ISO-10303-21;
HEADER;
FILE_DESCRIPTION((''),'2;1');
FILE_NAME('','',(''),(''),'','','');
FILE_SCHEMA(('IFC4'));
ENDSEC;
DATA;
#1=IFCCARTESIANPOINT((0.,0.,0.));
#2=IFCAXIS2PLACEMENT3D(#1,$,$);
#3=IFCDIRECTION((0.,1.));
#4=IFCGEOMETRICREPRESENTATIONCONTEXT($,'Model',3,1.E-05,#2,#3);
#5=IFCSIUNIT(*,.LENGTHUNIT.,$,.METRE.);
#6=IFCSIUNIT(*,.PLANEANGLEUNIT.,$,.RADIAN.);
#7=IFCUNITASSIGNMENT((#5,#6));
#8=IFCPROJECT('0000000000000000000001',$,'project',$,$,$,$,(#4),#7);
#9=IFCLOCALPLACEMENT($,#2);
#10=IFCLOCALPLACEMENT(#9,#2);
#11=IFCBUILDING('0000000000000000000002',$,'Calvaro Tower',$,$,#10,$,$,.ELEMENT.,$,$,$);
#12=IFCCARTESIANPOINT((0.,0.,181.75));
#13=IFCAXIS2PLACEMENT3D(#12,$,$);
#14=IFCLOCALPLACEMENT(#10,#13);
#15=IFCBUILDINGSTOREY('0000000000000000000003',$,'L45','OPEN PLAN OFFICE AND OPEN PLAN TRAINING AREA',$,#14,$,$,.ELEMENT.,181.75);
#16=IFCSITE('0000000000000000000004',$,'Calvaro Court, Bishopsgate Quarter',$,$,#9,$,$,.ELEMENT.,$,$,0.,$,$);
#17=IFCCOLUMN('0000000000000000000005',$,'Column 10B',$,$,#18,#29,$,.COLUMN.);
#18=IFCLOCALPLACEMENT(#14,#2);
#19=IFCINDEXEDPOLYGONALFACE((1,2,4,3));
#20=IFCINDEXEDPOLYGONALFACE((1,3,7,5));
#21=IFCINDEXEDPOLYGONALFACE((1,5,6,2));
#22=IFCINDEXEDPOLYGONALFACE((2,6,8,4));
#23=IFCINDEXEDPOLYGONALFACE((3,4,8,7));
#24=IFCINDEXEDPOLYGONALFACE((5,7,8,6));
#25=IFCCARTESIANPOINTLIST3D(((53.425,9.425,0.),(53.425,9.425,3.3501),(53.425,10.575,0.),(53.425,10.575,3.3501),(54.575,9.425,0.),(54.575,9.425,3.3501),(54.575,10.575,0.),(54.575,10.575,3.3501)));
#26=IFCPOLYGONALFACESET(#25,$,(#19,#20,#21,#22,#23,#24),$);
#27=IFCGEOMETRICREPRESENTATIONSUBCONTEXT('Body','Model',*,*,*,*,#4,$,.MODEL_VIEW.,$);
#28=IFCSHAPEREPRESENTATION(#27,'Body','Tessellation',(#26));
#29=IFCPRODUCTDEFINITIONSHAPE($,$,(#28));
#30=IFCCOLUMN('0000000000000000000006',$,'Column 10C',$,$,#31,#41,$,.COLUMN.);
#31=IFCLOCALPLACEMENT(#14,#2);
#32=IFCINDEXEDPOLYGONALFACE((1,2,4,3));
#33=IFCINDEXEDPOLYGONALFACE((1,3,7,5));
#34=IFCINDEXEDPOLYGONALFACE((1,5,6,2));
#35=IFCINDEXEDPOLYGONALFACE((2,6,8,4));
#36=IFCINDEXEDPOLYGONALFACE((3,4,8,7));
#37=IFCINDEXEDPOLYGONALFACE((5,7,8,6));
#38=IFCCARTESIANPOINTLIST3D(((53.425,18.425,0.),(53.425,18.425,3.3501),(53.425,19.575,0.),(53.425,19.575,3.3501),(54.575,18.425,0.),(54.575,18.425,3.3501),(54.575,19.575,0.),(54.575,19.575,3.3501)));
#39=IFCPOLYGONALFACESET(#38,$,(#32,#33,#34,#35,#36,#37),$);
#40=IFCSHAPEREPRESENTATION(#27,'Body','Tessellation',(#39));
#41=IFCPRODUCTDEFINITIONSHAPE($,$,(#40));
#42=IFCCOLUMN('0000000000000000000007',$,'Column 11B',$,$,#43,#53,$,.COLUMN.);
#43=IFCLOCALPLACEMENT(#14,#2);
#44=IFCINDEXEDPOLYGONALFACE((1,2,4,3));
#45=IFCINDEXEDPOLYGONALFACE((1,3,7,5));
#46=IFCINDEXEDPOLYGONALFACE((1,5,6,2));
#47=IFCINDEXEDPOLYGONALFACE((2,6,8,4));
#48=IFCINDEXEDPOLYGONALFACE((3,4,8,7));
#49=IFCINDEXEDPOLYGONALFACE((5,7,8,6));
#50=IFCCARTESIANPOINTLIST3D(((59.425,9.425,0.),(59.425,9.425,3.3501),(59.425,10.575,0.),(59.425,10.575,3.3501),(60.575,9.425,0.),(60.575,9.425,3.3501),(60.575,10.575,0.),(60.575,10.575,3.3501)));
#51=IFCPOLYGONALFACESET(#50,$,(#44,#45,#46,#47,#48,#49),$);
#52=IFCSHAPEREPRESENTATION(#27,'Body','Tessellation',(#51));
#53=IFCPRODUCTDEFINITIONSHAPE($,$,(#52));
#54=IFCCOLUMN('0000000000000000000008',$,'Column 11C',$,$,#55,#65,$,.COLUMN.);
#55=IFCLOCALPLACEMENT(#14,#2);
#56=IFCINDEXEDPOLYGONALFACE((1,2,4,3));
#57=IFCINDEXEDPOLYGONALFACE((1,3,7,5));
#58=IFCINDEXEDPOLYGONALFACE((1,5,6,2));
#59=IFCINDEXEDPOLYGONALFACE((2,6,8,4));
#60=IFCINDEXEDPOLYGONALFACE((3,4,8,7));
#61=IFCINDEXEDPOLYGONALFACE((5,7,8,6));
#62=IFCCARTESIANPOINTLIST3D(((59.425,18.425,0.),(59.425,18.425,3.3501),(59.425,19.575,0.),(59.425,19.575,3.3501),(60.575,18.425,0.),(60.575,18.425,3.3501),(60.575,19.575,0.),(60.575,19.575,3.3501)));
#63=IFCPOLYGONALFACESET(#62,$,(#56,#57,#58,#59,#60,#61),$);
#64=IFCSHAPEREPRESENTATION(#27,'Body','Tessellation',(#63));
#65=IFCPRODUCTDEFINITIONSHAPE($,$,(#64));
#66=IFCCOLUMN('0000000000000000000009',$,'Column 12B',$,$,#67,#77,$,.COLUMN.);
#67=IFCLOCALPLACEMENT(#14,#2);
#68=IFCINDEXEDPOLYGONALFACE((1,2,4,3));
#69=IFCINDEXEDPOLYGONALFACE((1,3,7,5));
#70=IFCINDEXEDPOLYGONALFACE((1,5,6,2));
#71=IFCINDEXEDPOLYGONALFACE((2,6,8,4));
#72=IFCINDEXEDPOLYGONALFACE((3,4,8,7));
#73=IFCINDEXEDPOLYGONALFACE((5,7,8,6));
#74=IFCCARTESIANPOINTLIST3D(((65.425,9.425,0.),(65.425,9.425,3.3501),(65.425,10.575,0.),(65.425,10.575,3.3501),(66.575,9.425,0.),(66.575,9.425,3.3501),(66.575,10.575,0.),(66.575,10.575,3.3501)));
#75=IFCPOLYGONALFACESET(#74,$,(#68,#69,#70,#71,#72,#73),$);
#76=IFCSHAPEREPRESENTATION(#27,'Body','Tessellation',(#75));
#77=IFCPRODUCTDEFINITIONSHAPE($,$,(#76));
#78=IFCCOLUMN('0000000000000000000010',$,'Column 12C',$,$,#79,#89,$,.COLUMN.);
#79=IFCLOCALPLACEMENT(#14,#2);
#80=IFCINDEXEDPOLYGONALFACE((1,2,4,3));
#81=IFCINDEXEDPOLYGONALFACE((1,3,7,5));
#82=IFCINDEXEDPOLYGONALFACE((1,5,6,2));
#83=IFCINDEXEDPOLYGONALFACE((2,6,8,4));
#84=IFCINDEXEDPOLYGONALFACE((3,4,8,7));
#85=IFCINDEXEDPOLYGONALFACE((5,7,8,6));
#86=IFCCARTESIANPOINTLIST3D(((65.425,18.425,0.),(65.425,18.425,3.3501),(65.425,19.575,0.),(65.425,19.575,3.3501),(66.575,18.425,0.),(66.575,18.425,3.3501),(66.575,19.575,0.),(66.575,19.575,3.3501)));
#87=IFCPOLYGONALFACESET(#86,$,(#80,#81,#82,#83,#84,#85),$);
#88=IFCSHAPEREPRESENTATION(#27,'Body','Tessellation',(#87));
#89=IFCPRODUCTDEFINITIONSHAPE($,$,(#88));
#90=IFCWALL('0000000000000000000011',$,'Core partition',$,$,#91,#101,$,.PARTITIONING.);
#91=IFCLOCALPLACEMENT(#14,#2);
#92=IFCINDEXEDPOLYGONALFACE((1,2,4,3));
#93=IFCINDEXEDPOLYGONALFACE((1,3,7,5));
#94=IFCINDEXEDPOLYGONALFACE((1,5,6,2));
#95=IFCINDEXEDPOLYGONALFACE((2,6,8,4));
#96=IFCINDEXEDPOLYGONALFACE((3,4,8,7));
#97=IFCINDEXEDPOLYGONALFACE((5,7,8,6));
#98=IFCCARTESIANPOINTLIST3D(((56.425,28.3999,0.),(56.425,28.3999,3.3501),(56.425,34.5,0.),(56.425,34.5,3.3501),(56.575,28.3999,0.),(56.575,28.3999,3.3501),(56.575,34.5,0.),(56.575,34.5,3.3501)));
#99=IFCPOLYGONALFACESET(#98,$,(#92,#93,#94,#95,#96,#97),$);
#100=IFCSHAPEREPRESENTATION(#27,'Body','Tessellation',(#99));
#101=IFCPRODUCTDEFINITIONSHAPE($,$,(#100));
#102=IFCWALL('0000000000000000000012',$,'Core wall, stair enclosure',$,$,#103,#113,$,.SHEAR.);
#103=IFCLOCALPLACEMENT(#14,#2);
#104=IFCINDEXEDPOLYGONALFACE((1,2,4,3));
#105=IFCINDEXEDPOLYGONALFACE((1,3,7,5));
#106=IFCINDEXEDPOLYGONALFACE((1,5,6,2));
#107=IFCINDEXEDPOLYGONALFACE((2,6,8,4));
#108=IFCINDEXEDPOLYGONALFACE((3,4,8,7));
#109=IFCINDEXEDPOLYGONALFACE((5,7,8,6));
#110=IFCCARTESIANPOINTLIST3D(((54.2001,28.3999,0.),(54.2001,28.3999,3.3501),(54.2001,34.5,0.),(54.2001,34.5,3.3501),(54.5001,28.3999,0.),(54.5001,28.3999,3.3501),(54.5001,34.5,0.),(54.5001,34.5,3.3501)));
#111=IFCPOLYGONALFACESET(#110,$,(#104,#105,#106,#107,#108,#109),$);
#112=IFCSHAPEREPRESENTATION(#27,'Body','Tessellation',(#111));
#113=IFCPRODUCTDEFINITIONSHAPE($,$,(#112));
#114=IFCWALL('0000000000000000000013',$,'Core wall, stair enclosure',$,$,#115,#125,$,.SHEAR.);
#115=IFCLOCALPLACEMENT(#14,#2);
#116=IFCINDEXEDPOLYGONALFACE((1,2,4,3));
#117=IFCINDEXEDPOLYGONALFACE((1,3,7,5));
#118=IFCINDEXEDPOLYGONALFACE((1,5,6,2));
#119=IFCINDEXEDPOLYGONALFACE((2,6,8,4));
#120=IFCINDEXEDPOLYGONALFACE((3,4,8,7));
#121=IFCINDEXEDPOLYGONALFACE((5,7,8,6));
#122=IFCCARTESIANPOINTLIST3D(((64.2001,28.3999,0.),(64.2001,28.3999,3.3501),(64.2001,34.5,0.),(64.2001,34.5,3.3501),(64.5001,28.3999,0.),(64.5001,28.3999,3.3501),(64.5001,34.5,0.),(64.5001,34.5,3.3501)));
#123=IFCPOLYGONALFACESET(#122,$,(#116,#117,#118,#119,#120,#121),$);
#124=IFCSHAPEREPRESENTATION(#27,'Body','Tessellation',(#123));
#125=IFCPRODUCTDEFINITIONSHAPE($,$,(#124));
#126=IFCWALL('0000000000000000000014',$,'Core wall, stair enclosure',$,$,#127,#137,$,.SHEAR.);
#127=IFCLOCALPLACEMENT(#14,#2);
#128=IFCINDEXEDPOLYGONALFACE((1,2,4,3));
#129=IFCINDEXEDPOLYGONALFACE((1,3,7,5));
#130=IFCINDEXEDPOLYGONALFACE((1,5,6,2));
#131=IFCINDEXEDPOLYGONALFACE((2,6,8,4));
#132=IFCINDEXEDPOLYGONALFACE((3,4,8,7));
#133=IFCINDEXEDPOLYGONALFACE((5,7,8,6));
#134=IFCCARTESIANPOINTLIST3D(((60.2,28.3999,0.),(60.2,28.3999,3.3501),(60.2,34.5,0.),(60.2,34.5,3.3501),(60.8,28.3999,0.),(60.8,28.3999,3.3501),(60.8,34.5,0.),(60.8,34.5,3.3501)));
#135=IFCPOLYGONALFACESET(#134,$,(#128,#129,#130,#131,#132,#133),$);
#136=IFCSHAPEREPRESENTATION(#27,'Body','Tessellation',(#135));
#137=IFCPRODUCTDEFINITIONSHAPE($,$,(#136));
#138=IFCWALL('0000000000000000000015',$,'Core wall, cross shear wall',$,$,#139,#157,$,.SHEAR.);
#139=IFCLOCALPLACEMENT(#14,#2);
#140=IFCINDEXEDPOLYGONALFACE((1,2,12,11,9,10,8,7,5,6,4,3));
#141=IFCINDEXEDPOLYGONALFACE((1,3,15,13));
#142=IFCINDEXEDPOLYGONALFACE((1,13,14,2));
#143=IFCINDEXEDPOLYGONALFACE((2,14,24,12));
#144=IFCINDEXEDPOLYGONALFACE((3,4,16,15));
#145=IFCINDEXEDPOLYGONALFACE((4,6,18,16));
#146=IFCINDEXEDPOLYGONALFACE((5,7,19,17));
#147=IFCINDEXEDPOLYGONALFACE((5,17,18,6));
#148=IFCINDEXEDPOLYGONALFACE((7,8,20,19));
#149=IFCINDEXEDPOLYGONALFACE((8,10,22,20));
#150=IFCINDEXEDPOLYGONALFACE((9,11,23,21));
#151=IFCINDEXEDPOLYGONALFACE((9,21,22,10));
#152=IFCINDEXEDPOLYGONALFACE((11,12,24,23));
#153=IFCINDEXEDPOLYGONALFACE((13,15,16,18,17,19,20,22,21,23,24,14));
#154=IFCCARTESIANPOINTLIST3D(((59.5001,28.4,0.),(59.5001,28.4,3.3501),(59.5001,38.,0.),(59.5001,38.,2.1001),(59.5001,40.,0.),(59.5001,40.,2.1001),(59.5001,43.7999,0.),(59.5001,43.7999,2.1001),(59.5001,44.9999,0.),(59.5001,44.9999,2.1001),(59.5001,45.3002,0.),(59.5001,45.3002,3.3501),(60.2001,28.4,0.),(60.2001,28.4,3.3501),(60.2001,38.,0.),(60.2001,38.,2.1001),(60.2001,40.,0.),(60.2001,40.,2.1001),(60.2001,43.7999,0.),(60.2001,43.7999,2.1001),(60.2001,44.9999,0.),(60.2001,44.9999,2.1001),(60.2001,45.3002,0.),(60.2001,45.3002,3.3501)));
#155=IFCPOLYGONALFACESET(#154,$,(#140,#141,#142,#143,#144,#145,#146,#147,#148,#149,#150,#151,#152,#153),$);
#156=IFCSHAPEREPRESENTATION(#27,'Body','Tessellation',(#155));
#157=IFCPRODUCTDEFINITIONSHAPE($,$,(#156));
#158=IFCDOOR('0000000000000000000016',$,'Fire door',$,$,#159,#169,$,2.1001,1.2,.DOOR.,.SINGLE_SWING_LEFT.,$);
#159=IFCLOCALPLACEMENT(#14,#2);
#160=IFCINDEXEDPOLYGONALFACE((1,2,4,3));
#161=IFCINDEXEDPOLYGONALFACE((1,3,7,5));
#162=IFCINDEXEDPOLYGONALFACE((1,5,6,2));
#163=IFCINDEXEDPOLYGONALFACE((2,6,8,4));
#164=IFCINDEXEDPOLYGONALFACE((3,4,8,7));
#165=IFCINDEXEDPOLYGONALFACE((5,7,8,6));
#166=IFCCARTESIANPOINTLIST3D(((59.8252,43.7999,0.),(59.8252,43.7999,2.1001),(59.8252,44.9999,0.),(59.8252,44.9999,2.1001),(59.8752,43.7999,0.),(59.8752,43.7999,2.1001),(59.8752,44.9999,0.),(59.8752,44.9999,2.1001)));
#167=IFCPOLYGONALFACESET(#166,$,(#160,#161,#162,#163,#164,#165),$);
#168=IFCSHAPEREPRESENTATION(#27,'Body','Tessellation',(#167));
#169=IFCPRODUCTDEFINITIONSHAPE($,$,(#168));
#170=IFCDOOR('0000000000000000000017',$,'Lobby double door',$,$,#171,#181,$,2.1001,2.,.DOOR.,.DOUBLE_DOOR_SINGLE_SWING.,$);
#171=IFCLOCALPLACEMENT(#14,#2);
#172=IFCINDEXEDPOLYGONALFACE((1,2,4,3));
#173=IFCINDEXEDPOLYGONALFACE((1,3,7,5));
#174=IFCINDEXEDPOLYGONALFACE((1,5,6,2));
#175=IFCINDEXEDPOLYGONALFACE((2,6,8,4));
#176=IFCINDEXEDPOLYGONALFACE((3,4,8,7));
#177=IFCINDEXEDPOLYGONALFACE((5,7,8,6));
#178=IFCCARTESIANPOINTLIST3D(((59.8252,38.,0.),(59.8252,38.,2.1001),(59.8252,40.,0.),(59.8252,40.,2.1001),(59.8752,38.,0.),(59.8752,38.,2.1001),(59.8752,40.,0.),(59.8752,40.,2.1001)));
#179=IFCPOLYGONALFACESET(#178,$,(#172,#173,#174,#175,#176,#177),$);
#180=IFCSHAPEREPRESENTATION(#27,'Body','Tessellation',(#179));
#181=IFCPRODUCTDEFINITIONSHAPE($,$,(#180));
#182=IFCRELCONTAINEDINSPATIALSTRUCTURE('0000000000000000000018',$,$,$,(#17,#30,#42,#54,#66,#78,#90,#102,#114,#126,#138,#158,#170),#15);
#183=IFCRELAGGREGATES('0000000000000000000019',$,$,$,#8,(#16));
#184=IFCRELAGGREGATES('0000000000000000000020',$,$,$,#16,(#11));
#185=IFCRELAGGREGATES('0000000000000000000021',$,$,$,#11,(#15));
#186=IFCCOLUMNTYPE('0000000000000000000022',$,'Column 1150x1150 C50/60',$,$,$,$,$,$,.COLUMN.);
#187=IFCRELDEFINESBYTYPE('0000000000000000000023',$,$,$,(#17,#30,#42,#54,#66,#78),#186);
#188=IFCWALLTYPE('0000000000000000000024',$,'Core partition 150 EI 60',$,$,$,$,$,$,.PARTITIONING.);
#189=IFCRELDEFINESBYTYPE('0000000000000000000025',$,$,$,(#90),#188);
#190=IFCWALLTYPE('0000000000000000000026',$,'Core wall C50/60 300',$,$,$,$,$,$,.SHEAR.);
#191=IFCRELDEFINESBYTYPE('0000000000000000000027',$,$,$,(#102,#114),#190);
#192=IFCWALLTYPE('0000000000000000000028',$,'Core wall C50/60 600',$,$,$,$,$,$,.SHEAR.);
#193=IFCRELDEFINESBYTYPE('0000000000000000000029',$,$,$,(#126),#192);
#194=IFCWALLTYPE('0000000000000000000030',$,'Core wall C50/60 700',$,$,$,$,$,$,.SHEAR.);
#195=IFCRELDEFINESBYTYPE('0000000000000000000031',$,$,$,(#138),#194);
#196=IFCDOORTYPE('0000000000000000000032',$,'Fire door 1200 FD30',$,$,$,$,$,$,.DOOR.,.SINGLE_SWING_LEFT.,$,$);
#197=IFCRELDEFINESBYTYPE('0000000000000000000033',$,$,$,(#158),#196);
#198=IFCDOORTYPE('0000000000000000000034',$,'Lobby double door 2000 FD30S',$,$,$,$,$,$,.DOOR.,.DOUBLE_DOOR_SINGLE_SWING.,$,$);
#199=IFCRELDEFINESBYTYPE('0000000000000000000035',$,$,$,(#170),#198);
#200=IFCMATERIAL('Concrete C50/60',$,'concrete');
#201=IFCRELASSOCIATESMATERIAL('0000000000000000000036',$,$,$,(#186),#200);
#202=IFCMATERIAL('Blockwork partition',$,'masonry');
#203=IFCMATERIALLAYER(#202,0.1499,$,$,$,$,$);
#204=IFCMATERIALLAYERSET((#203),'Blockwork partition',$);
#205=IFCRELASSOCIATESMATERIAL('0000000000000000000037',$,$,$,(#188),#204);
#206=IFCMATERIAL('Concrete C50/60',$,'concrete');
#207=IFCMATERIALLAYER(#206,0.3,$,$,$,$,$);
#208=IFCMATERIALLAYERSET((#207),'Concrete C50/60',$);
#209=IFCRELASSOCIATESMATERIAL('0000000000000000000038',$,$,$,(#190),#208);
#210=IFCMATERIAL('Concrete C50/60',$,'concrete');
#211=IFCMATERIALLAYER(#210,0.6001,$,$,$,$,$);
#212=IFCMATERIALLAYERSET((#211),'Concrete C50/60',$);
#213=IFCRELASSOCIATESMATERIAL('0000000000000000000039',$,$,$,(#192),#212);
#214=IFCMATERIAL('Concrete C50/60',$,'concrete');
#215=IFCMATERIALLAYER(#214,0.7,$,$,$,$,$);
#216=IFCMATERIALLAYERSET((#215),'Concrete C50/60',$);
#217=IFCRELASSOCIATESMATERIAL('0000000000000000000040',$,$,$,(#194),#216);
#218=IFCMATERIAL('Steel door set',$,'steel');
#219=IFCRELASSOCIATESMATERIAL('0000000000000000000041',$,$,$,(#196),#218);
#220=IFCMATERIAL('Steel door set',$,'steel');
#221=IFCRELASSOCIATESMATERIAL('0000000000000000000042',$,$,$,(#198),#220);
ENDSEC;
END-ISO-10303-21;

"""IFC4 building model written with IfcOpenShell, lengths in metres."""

from ifc_helpers import new_model, si_unit, direction, frame, frame_2d, origin, origin_2d, place, context, subcontext, project, spatial, rectangle, extrude, material, layer, layer_set, material_profile, profile_set, type_object, element, fill, save


model = new_model("IFC4")

# Units and contexts
model_context = context("Model", 3, precision=1e-05, world=origin(), true_north=direction((0.0, 1.0)))
body_context = subcontext(model_context, "Body", "Model", "MODEL_VIEW")
ifc_project = project(units=[si_unit("LENGTHUNIT", "METRE"), si_unit("PLANEANGLEUNIT", "RADIAN")], contexts=[model_context])

# Site, building, storey
site_placement = place(None, origin())
site = spatial("IfcSite", under=ifc_project, at=site_placement, Name="Calvaro Court, Bishopsgate Quarter", CompositionType="ELEMENT", RefElevation=0.0)
building_placement = place(site_placement, origin())
building = spatial("IfcBuilding", under=site, at=building_placement, Name="Calvaro Tower", CompositionType="ELEMENT")
storey_placement = place(building_placement, frame((0.0, 0.0, 181.75)))
storey = spatial("IfcBuildingStorey", under=building, at=storey_placement, Name="L45", Description="OPEN PLAN OFFICE AND OPEN PLAN TRAINING AREA", CompositionType="ELEMENT", Elevation=181.75)

# Columns
ifc_material_1 = material(Name="Concrete C50/60", Category="concrete")
ifc_material_profile = material_profile(ifc_material_1, rectangle(XDim=1.1499, YDim=1.1499, at=origin_2d()), Name="RC 1150x1150")
ifc_profile_set = profile_set([ifc_material_profile], Name="Concrete C50/60")
column_type = type_object("IfcColumnType", Name="Column 1150x1150 C50/60", PredefinedType="COLUMN", material=ifc_profile_set)
for number, where, z_axis, x_axis, name in (
    (1, (54.0, 10.0, 0.0), (0.0, 0.0, 1.0), (1.0, 0.0, 0.0), "Column 10B"),
    (2, (54.0, 19.0, 0.0), (0.0, 0.0, 1.0), (1.0, 0.0, 0.0), "Column 10C"),
    (3, (60.0, 10.0, 0.0), (0.0, 0.0, 1.0), (1.0, 0.0, 0.0), "Column 11B"),
    (4, (60.0, 19.0, 0.0), (0.0, 0.0, 1.0), (1.0, 0.0, 0.0), "Column 11C"),
    (5, (66.0, 10.0, 0.0), (0.0, 0.0, 1.0), (1.0, 0.0, 0.0), "Column 12B"),
    (6, (66.0, 19.0, 0.0), (0.0, 0.0, 1.0), (1.0, 0.0, 0.0), "Column 12C"),
):
    element("IfcColumn", number, at=place(storey_placement, frame(where, z_axis=z_axis, x_axis=x_axis)), inside=storey, type_object=column_type, Name=name, PredefinedType="COLUMN", context=body_context, shape_type="SweptSolid", body=[
        extrude(rectangle(XDim=1.1499, YDim=1.1499, at=origin_2d()), origin(), (0.0, 0.0, 1.0), 3.3501),
    ])

# Walls
ifc_material_2 = material(Name="Blockwork partition", Category="masonry")
ifc_layer_1 = layer(ifc_material_2, 0.1499)
ifc_layer_set_1 = layer_set([ifc_layer_1], Name="Blockwork partition")
wall_type_1 = type_object("IfcWallType", Name="Core partition 150 EI 60", PredefinedType="PARTITIONING", material=ifc_layer_set_1)
wall_1_placement = place(storey_placement, frame((56.5, 28.3999, 0.0), z_axis=(0.0, 0.0, 1.0), x_axis=(0.0, 1.0, 0.0)))
element("IfcWall", 7, at=wall_1_placement, inside=storey, type_object=wall_type_1, Name="Core partition", PredefinedType="PARTITIONING", context=body_context, shape_type="SweptSolid", body=[
    extrude(rectangle(XDim=6.1001, YDim=0.1499, at=frame_2d((3.05, 0.0))), origin(), (0.0, 0.0, 1.0), 3.3501),
])
ifc_material_3 = material(Name="Concrete C50/60", Category="concrete")
ifc_layer_2 = layer(ifc_material_3, 0.3)
ifc_layer_set_2 = layer_set([ifc_layer_2], Name="Concrete C50/60")
wall_type_2 = type_object("IfcWallType", Name="Core wall C50/60 300", PredefinedType="SHEAR", material=ifc_layer_set_2)
for number, where, z_axis, x_axis, name in (
    (8, (54.3501, 28.3999, 0.0), (0.0, 0.0, 1.0), (0.0, 1.0, 0.0), "Core wall, stair enclosure"),
    (9, (64.3501, 28.3999, 0.0), (0.0, 0.0, 1.0), (0.0, 1.0, 0.0), "Core wall, stair enclosure"),
):
    element("IfcWall", number, at=place(storey_placement, frame(where, z_axis=z_axis, x_axis=x_axis)), inside=storey, type_object=wall_type_2, Name=name, PredefinedType="SHEAR", context=body_context, shape_type="SweptSolid", body=[
        extrude(rectangle(XDim=6.1001, YDim=0.3, at=frame_2d((3.05, 0.0))), origin(), (0.0, 0.0, 1.0), 3.3501),
    ])
ifc_material_4 = material(Name="Concrete C50/60", Category="concrete")
ifc_layer_3 = layer(ifc_material_4, 0.6001)
ifc_layer_set_3 = layer_set([ifc_layer_3], Name="Concrete C50/60")
wall_type_3 = type_object("IfcWallType", Name="Core wall C50/60 600", PredefinedType="SHEAR", material=ifc_layer_set_3)
wall_2_placement = place(storey_placement, frame((60.5, 28.3999, 0.0), z_axis=(0.0, 0.0, 1.0), x_axis=(0.0, 1.0, 0.0)))
element("IfcWall", 10, at=wall_2_placement, inside=storey, type_object=wall_type_3, Name="Core wall, stair enclosure", PredefinedType="SHEAR", context=body_context, shape_type="SweptSolid", body=[
    extrude(rectangle(XDim=6.1001, YDim=0.6001, at=frame_2d((3.05, 0.0))), origin(), (0.0, 0.0, 1.0), 3.3501),
])

# Wall, openings, doors
ifc_material_5 = material(Name="Concrete C50/60", Category="concrete")
ifc_layer_4 = layer(ifc_material_5, 0.7)
ifc_layer_set_4 = layer_set([ifc_layer_4], Name="Concrete C50/60")
wall_type_4 = type_object("IfcWallType", Name="Core wall C50/60 700", PredefinedType="SHEAR", material=ifc_layer_set_4)
wall_3_placement = place(storey_placement, frame((59.8501, 28.3999, 0.0), z_axis=(0.0, 0.0, 1.0), x_axis=(0.0, 1.0, 0.0)))
wall_3 = element("IfcWall", 11, at=wall_3_placement, inside=storey, type_object=wall_type_4, Name="Core wall, cross shear wall", PredefinedType="SHEAR", context=body_context, shape_type="SweptSolid", body=[
    extrude(rectangle(XDim=16.9001, YDim=0.7, at=frame_2d((8.4502, 0.0))), origin(), (0.0, 0.0, 1.0), 3.3501),
])
opening_1_placement = place(wall_3_placement, frame((9.6001, 0.0, 0.0)))
opening_1 = element("IfcOpeningElement", 12, at=opening_1_placement, cuts=wall_3, PredefinedType="OPENING", context=body_context, shape_type="SweptSolid", body=[
    extrude(rectangle(XDim=2.0, YDim=2.1001, at=frame_2d((1.0, 1.05))), frame((0.0, 0.3599, 0.0), z_axis=(0.0, -1.0, 0.0), x_axis=(1.0, 0.0, 0.0)), (0.0, 0.0, 1.0), 0.72),
])
opening_2_placement = place(wall_3_placement, frame((15.3999, 0.0, 0.0)))
opening_2 = element("IfcOpeningElement", 13, at=opening_2_placement, cuts=wall_3, PredefinedType="OPENING", context=body_context, shape_type="SweptSolid", body=[
    extrude(rectangle(XDim=1.2, YDim=2.1001, at=frame_2d((0.6001, 1.05))), frame((0.0, 0.3599, 0.0), z_axis=(0.0, -1.0, 0.0), x_axis=(1.0, 0.0, 0.0)), (0.0, 0.0, 1.0), 0.72),
])
ifc_material_6 = material(Name="Steel door set", Category="steel")
door_type_1 = type_object("IfcDoorType", Name="Fire door 1200 FD30", OperationType="SINGLE_SWING_LEFT", PredefinedType="DOOR", material=ifc_material_6)
door_1_placement = place(opening_2_placement, origin())
door_1 = element("IfcDoor", 14, at=door_1_placement, inside=storey, type_object=door_type_1, Name="Fire door", OperationType="SINGLE_SWING_LEFT", OverallHeight=2.1001, OverallWidth=1.2, PredefinedType="DOOR", context=body_context, shape_type="SweptSolid", body=[
    extrude(rectangle(XDim=1.2, YDim=2.1001, at=frame_2d((0.6001, 1.05))), frame((0.0, 0.0249, 0.0), z_axis=(0.0, -1.0, 0.0), x_axis=(1.0, 0.0, 0.0)), (0.0, 0.0, 1.0), 0.05),
])
fill(opening_2, door_1)
ifc_material_7 = material(Name="Steel door set", Category="steel")
door_type_2 = type_object("IfcDoorType", Name="Lobby double door 2000 FD30S", OperationType="DOUBLE_DOOR_SINGLE_SWING", PredefinedType="DOOR", material=ifc_material_7)
door_2_placement = place(opening_1_placement, origin())
door_2 = element("IfcDoor", 15, at=door_2_placement, inside=storey, type_object=door_type_2, Name="Lobby double door", OperationType="DOUBLE_DOOR_SINGLE_SWING", OverallHeight=2.1001, OverallWidth=2.0, PredefinedType="DOOR", context=body_context, shape_type="SweptSolid", body=[
    extrude(rectangle(XDim=2.0, YDim=2.1001, at=frame_2d((1.0, 1.05))), frame((0.0, 0.0249, 0.0), z_axis=(0.0, -1.0, 0.0), x_axis=(1.0, 0.0, 0.0)), (0.0, 0.0, 1.0), 0.05),
])
fill(opening_1, door_2)

save(model, "model.ifc")
